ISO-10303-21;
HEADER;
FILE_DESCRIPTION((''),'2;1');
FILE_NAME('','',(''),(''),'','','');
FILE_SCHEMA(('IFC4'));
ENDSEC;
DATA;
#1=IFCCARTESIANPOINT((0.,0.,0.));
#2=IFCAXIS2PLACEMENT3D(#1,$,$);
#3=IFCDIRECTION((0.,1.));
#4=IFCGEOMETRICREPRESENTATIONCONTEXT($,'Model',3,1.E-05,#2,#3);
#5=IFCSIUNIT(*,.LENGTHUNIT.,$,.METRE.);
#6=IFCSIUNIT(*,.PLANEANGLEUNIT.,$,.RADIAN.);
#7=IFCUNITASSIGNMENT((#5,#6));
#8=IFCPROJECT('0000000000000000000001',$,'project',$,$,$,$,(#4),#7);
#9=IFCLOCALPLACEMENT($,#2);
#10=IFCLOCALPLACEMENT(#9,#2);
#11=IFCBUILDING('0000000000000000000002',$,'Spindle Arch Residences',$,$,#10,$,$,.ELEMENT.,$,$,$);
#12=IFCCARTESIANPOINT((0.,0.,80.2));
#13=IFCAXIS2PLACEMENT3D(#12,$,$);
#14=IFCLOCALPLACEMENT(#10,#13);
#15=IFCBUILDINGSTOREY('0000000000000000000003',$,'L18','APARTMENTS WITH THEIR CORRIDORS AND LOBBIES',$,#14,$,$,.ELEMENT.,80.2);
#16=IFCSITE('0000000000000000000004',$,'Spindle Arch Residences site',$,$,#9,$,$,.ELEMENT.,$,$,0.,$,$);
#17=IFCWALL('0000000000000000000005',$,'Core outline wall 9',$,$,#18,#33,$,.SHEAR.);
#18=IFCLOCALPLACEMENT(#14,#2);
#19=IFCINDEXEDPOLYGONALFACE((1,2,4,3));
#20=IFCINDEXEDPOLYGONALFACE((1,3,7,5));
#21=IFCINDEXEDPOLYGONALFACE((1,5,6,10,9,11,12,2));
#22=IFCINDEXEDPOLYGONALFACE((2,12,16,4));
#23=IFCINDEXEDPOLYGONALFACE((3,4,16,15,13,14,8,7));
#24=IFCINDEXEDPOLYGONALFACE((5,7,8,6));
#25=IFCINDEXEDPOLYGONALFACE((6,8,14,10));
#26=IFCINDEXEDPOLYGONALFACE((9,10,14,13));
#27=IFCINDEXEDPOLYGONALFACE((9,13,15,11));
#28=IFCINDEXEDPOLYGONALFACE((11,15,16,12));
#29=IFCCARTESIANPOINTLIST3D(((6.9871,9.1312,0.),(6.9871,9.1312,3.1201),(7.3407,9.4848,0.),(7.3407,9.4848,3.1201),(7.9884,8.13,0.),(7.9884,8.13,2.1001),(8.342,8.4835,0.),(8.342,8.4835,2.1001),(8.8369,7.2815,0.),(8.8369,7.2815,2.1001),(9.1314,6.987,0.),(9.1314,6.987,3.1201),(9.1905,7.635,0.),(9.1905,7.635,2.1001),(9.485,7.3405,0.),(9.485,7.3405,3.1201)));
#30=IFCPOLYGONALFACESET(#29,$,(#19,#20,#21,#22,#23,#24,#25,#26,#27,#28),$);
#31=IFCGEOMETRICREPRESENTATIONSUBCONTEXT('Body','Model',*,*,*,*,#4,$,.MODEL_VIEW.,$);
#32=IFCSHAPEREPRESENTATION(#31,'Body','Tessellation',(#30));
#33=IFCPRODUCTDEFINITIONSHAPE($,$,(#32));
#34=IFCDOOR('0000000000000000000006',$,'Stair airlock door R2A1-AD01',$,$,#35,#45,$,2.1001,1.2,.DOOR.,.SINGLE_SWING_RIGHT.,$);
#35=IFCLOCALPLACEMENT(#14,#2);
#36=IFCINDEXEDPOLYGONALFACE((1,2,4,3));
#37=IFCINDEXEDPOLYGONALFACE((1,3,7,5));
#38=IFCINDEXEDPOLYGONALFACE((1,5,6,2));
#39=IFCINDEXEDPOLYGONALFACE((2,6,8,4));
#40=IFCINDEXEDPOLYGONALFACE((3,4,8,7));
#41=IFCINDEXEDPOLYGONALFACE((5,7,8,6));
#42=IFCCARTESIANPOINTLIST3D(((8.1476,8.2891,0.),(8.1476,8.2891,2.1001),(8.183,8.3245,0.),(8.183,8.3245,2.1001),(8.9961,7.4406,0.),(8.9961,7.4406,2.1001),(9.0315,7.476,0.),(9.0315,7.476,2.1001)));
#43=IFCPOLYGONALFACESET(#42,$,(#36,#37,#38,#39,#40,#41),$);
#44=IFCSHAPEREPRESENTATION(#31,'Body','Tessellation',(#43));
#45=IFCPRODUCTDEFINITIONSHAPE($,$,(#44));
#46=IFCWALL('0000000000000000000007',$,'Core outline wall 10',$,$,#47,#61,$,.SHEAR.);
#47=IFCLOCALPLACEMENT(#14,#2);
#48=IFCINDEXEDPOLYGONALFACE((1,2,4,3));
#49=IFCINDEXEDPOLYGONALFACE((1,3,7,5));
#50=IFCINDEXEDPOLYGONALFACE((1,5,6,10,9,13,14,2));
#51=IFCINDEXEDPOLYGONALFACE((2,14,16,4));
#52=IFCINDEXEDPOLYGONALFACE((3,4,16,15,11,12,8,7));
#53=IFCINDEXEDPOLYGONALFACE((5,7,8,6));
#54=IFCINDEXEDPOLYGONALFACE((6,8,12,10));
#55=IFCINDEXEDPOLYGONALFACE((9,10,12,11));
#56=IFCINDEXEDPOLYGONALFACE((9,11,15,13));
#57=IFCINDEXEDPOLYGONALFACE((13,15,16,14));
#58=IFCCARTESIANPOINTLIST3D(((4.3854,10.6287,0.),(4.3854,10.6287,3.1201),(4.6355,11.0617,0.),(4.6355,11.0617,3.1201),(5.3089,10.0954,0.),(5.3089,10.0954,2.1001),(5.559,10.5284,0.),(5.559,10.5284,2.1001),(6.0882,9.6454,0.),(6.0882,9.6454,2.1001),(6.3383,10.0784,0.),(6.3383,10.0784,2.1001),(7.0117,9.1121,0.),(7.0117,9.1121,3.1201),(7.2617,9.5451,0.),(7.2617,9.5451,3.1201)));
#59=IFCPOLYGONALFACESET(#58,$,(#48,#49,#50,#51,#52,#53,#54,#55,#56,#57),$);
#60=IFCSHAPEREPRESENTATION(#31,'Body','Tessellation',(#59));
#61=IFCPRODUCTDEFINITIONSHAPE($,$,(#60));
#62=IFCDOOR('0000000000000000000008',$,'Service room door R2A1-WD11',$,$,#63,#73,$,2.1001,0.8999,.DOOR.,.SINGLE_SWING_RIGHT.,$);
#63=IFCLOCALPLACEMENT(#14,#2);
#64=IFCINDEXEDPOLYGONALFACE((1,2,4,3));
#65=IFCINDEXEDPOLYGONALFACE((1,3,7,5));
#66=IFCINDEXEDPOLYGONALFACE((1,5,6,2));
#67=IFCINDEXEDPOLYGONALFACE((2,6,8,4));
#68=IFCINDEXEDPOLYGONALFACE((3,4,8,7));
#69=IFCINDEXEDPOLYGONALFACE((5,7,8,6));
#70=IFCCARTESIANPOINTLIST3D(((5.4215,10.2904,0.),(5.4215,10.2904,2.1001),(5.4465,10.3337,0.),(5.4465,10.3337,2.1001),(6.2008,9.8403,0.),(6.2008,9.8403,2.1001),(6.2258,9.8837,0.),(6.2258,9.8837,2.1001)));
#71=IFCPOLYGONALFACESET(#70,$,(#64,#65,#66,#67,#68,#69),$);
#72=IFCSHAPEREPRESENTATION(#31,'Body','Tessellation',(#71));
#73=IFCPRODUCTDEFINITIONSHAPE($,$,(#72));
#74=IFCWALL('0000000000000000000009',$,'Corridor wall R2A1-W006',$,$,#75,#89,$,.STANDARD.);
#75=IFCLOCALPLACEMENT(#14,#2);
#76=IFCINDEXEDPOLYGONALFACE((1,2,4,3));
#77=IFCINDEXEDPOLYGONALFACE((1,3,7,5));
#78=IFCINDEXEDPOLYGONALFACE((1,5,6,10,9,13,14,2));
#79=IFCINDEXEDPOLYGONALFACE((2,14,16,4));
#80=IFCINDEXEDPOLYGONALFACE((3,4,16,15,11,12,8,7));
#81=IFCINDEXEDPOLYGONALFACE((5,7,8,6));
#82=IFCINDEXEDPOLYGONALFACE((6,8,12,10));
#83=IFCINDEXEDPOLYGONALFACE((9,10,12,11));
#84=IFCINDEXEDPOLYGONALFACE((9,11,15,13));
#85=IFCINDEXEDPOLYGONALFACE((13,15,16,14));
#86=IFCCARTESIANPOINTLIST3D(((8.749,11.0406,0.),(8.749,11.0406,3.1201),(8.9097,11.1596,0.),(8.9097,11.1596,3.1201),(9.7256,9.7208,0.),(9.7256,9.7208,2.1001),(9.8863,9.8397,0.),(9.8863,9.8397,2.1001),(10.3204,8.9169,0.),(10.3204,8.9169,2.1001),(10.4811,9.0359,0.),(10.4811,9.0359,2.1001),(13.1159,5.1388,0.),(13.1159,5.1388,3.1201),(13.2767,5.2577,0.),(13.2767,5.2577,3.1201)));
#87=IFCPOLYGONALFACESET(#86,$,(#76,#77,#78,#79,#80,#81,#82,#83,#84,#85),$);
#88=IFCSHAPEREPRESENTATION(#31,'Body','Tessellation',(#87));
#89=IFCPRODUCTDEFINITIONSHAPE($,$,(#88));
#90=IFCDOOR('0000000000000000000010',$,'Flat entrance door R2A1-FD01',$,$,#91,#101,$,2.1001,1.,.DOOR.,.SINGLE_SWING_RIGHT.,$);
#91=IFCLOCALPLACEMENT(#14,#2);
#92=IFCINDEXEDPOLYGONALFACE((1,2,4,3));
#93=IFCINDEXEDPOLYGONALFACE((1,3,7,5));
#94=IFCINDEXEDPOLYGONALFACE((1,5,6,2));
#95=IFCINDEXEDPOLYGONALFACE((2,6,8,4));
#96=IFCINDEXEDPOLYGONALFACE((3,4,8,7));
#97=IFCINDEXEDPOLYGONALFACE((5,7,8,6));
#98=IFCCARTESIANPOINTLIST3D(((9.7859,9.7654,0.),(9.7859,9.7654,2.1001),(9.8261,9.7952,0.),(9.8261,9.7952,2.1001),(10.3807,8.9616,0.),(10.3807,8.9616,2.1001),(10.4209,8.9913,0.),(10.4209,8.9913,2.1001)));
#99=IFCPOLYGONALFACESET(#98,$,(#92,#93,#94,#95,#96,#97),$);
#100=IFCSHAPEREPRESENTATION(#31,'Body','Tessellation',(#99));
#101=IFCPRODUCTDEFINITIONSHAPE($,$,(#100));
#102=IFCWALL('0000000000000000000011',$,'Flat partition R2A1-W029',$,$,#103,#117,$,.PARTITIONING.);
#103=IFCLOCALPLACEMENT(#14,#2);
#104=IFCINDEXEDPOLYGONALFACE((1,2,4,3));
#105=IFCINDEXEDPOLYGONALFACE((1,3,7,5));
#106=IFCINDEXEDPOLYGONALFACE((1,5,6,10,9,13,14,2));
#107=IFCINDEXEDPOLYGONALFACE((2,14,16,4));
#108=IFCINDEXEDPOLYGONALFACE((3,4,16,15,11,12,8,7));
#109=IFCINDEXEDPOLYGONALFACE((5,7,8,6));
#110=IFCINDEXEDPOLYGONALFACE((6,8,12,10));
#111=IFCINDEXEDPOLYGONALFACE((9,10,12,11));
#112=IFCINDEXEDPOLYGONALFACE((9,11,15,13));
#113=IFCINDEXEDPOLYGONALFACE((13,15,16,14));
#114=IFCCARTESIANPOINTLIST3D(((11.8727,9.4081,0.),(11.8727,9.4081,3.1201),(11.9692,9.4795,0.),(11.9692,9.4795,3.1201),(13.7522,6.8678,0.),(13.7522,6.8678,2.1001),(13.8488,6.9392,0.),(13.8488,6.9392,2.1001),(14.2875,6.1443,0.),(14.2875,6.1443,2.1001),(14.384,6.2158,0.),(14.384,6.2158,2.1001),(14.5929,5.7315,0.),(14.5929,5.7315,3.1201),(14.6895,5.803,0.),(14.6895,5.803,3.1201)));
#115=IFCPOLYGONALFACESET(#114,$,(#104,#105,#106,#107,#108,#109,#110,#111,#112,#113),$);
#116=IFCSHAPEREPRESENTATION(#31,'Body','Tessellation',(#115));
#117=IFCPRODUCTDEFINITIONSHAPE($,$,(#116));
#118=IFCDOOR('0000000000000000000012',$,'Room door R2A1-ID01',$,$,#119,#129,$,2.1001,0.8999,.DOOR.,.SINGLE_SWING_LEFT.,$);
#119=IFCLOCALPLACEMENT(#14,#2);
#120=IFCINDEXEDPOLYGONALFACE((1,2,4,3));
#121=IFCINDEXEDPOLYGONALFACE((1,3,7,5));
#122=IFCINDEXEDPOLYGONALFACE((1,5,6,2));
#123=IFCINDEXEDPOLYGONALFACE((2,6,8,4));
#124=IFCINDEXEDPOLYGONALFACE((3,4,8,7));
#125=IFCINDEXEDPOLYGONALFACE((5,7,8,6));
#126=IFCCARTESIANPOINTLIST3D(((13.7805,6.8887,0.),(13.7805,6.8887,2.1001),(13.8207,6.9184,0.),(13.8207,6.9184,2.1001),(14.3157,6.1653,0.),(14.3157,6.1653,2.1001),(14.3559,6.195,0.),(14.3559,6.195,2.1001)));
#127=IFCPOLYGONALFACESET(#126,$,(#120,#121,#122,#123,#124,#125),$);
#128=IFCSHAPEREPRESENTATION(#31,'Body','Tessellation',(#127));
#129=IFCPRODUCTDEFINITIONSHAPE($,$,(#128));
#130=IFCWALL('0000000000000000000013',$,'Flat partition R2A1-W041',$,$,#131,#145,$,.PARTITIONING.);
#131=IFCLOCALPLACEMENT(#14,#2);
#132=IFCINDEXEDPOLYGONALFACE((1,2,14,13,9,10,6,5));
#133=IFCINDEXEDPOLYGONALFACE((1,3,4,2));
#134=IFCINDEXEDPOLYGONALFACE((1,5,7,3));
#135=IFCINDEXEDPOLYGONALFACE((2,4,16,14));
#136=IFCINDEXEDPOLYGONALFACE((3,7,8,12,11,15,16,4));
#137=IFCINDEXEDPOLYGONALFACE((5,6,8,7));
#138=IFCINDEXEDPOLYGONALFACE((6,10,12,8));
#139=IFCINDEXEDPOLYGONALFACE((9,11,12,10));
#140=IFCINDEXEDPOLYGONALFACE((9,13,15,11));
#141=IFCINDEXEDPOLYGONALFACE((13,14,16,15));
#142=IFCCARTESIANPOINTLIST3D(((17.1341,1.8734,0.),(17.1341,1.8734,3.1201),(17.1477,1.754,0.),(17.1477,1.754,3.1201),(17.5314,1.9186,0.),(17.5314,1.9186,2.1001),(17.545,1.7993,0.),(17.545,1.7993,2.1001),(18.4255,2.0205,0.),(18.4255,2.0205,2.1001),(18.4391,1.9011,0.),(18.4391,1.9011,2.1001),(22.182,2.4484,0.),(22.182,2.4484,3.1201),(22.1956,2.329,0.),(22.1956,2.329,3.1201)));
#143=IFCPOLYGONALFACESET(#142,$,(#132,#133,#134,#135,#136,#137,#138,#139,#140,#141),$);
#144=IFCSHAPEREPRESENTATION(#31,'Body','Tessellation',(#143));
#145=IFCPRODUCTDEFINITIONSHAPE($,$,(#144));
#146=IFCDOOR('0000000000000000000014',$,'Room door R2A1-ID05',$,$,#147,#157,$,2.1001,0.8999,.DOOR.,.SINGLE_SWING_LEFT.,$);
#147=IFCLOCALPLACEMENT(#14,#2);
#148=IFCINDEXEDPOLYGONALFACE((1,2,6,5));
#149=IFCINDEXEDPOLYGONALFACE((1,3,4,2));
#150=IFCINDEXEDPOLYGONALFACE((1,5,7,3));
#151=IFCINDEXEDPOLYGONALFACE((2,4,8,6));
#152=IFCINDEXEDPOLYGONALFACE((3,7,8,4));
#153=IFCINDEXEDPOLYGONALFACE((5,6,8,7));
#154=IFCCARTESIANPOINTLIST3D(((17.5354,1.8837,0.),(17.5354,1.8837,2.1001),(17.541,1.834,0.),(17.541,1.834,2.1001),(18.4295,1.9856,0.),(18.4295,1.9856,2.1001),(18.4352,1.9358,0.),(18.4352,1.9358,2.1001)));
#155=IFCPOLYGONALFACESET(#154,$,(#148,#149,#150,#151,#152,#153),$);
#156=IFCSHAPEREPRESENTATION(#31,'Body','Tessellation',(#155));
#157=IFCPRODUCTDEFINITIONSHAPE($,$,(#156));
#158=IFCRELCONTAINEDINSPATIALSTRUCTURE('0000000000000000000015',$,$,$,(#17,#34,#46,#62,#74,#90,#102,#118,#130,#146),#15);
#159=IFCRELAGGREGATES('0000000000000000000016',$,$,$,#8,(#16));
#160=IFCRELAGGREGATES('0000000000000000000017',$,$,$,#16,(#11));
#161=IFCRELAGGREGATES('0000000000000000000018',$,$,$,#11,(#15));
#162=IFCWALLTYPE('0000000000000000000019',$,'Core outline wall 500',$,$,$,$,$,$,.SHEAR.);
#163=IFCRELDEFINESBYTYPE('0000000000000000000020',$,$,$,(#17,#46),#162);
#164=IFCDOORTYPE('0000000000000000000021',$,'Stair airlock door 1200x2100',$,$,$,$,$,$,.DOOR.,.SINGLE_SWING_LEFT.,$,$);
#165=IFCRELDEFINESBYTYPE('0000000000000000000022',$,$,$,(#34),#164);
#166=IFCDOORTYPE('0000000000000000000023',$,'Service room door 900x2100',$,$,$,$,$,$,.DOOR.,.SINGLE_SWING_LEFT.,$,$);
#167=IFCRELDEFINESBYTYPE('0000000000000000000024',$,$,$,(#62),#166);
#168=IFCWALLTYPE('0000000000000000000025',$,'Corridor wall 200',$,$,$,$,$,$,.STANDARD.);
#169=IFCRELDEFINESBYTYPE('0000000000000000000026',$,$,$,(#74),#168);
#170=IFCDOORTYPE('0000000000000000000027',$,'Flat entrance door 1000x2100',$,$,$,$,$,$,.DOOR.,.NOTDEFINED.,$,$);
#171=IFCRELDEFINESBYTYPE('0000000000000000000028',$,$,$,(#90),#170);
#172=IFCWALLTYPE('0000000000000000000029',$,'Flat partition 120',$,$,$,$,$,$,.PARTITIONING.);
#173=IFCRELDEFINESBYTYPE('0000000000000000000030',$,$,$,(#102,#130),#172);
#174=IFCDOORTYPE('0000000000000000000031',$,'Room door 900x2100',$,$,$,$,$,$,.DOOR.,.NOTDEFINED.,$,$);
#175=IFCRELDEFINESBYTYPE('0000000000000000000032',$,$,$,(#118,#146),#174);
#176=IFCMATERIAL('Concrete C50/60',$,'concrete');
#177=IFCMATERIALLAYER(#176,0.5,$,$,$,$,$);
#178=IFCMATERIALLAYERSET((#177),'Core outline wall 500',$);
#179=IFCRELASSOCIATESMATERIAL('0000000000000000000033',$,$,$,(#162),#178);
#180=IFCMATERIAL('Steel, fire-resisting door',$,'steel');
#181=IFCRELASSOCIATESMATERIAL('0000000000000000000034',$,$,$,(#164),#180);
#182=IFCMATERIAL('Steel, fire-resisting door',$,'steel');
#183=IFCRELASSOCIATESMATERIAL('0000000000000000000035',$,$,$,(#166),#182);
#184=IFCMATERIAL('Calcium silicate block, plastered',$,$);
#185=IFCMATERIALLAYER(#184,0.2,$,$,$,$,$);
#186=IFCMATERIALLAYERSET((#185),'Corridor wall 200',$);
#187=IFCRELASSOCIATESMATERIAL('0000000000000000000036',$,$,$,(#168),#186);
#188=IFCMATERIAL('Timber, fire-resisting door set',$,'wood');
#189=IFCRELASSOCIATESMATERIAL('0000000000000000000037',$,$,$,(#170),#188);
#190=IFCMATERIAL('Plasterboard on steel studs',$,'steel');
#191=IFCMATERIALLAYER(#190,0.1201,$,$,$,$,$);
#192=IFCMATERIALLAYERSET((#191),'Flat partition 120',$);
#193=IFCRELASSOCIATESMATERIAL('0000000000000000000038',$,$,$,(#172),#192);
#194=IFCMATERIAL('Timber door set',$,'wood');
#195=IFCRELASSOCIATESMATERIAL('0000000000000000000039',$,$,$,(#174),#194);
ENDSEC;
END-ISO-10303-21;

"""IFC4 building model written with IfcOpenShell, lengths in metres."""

from ifc_helpers import new_model, si_unit, direction, frame, frame_2d, origin, place, context, subcontext, project, spatial, rectangle, extrude, material, layer, layer_set, type_object, element, fill, save


model = new_model("IFC4")

# Units and contexts
model_context = context("Model", 3, precision=1e-05, world=origin(), true_north=direction((0.0, 1.0)))
body_context = subcontext(model_context, "Body", "Model", "MODEL_VIEW")
ifc_project = project(units=[si_unit("LENGTHUNIT", "METRE"), si_unit("PLANEANGLEUNIT", "RADIAN")], contexts=[model_context])

# Site, building, storey
site_placement = place(None, origin())
site = spatial("IfcSite", under=ifc_project, at=site_placement, Name="Spindle Arch Residences site", CompositionType="ELEMENT", RefElevation=0.0)
building_placement = place(site_placement, origin())
building = spatial("IfcBuilding", under=site, at=building_placement, Name="Spindle Arch Residences", CompositionType="ELEMENT")
storey_placement = place(building_placement, frame((0.0, 0.0, 80.2)))
storey = spatial("IfcBuildingStorey", under=building, at=storey_placement, Name="L18", Description="APARTMENTS WITH THEIR CORRIDORS AND LOBBIES", CompositionType="ELEMENT", Elevation=80.2)

# Shared definitions
ifc_material_1 = material(Name="Concrete C50/60", Category="concrete")
ifc_layer_1 = layer(ifc_material_1, 0.5)
ifc_layer_set_1 = layer_set([ifc_layer_1], Name="Core outline wall 500")
wall_type_1 = type_object("IfcWallType", Name="Core outline wall 500", PredefinedType="SHEAR", material=ifc_layer_set_1)

# Walls, openings, doors
wall_1_placement = place(storey_placement, frame((9.3081, 7.1638, 0.0), z_axis=(0.0, 0.0, 1.0), x_axis=(-0.707107, 0.707107, 0.0)))
wall_1 = element("IfcWall", 1, at=wall_1_placement, inside=storey, type_object=wall_type_1, Name="Core outline wall 9", PredefinedType="SHEAR", context=body_context, shape_type="SweptSolid", body=[
    extrude(rectangle(XDim=3.0325, YDim=0.5, at=frame_2d((1.5161, 0.0))), origin(), (0.0, 0.0, 1.0), 3.1201),
])
opening_1_placement = place(wall_1_placement, frame((0.4163, 0.0, 0.0)))
opening_1 = element("IfcOpeningElement", 2, at=opening_1_placement, cuts=wall_1, PredefinedType="OPENING", context=body_context, shape_type="SweptSolid", body=[
    extrude(rectangle(XDim=1.2, YDim=2.1001, at=frame_2d((0.6001, 1.05))), frame((0.0, 0.26, 0.0), z_axis=(0.0, -1.0, 0.0), x_axis=(1.0, 0.0, 0.0)), (0.0, 0.0, 1.0), 0.52),
])
ifc_material_2 = material(Name="Steel, fire-resisting door", Category="steel")
door_type_1 = type_object("IfcDoorType", Name="Stair airlock door 1200x2100", OperationType="SINGLE_SWING_LEFT", PredefinedType="DOOR", material=ifc_material_2)
door_1_placement = place(opening_1_placement, origin())
door_1 = element("IfcDoor", 3, at=door_1_placement, inside=storey, type_object=door_type_1, Name="Stair airlock door R2A1-AD01", OperationType="SINGLE_SWING_RIGHT", OverallHeight=2.1001, OverallWidth=1.2, PredefinedType="DOOR", context=body_context, shape_type="SweptSolid", body=[
    extrude(rectangle(XDim=1.2, YDim=2.1001, at=frame_2d((0.6001, 1.05))), frame((0.0, 0.0249, 0.0), z_axis=(0.0, -1.0, 0.0), x_axis=(1.0, 0.0, 0.0)), (0.0, 0.0, 1.0), 0.05),
])
fill(opening_1, door_1)
wall_2_placement = place(storey_placement, frame((7.1367, 9.3286, 0.0), z_axis=(0.0, 0.0, 1.0), x_axis=(-0.865975, 0.500087, 0.0)))
wall_2 = element("IfcWall", 4, at=wall_2_placement, inside=storey, type_object=wall_type_1, Name="Core outline wall 10", PredefinedType="SHEAR", context=body_context, shape_type="SweptSolid", body=[
    extrude(rectangle(XDim=3.0327, YDim=0.5, at=frame_2d((1.5164, 0.0))), origin(), (0.0, 0.0, 1.0), 3.1201),
])
opening_2_placement = place(wall_2_placement, frame((1.0664, 0.0, 0.0)))
opening_2 = element("IfcOpeningElement", 5, at=opening_2_placement, cuts=wall_2, PredefinedType="OPENING", context=body_context, shape_type="SweptSolid", body=[
    extrude(rectangle(XDim=0.8999, YDim=2.1001, at=frame_2d((0.45, 1.05))), frame((0.0, 0.26, 0.0), z_axis=(0.0, -1.0, 0.0), x_axis=(1.0, 0.0, 0.0)), (0.0, 0.0, 1.0), 0.52),
])
ifc_material_3 = material(Name="Steel, fire-resisting door", Category="steel")
door_type_2 = type_object("IfcDoorType", Name="Service room door 900x2100", OperationType="SINGLE_SWING_LEFT", PredefinedType="DOOR", material=ifc_material_3)
door_2_placement = place(opening_2_placement, origin())
door_2 = element("IfcDoor", 6, at=door_2_placement, inside=storey, type_object=door_type_2, Name="Service room door R2A1-WD11", OperationType="SINGLE_SWING_RIGHT", OverallHeight=2.1001, OverallWidth=0.8999, PredefinedType="DOOR", context=body_context, shape_type="SweptSolid", body=[
    extrude(rectangle(XDim=0.8999, YDim=2.1001, at=frame_2d((0.45, 1.05))), frame((0.0, 0.0249, 0.0), z_axis=(0.0, -1.0, 0.0), x_axis=(1.0, 0.0, 0.0)), (0.0, 0.0, 1.0), 0.05),
])
fill(opening_2, door_2)
ifc_material_4 = material(Name="Calcium silicate block, plastered")
ifc_layer_2 = layer(ifc_material_4, 0.2)
ifc_layer_set_2 = layer_set([ifc_layer_2], Name="Corridor wall 200")
wall_type_2 = type_object("IfcWallType", Name="Corridor wall 200", PredefinedType="STANDARD", material=ifc_layer_set_2)
wall_3_placement = place(storey_placement, frame((13.1963, 5.1982, 0.0), z_axis=(0.0, 0.0, 1.0), x_axis=(-0.594805, 0.80387, 0.0)))
wall_3 = element("IfcWall", 7, at=wall_3_placement, inside=storey, type_object=wall_type_2, Name="Corridor wall R2A1-W006", PredefinedType="STANDARD", context=body_context, shape_type="SweptSolid", body=[
    extrude(rectangle(XDim=7.3418, YDim=0.2, at=frame_2d((3.6709, 0.0))), origin(), (0.0, 0.0, 1.0), 3.1201),
])
opening_3_placement = place(wall_3_placement, frame((4.7, 0.0, 0.0)))
opening_3 = element("IfcOpeningElement", 8, at=opening_3_placement, cuts=wall_3, PredefinedType="OPENING", context=body_context, shape_type="SweptSolid", body=[
    extrude(rectangle(XDim=1.0, YDim=2.1001, at=frame_2d((0.5, 1.05))), frame((0.0, 0.1099, 0.0), z_axis=(0.0, -1.0, 0.0), x_axis=(1.0, 0.0, 0.0)), (0.0, 0.0, 1.0), 0.22),
])
ifc_material_5 = material(Name="Timber, fire-resisting door set", Category="wood")
door_type_3 = type_object("IfcDoorType", Name="Flat entrance door 1000x2100", OperationType="NOTDEFINED", PredefinedType="DOOR", material=ifc_material_5)
door_3_placement = place(opening_3_placement, origin())
door_3 = element("IfcDoor", 9, at=door_3_placement, inside=storey, type_object=door_type_3, Name="Flat entrance door R2A1-FD01", OperationType="SINGLE_SWING_RIGHT", OverallHeight=2.1001, OverallWidth=1.0, PredefinedType="DOOR", context=body_context, shape_type="SweptSolid", body=[
    extrude(rectangle(XDim=1.0, YDim=2.1001, at=frame_2d((0.5, 1.05))), frame((0.0, 0.0249, 0.0), z_axis=(0.0, -1.0, 0.0), x_axis=(1.0, 0.0, 0.0)), (0.0, 0.0, 1.0), 0.05),
])
fill(opening_3, door_3)
ifc_material_6 = material(Name="Plasterboard on steel studs", Category="steel")
ifc_layer_3 = layer(ifc_material_6, 0.1201)
ifc_layer_set_3 = layer_set([ifc_layer_3], Name="Flat partition 120")
wall_type_3 = type_object("IfcWallType", Name="Flat partition 120", PredefinedType="PARTITIONING", material=ifc_layer_set_3)
wall_4_placement = place(storey_placement, frame((14.6411, 5.7673, 0.0), z_axis=(0.0, 0.0, 1.0), x_axis=(-0.594786, 0.803884, 0.0)))
wall_4 = element("IfcWall", 10, at=wall_4_placement, inside=storey, type_object=wall_type_3, Name="Flat partition R2A1-W029", PredefinedType="PARTITIONING", context=body_context, shape_type="SweptSolid", body=[
    extrude(rectangle(XDim=4.5735, YDim=0.1201, at=frame_2d((2.2866, 0.0))), origin(), (0.0, 0.0, 1.0), 3.1201),
])
opening_4_placement = place(wall_4_placement, frame((0.5134, 0.0, 0.0)))
opening_4 = element("IfcOpeningElement", 11, at=opening_4_placement, cuts=wall_4, PredefinedType="OPENING", context=body_context, shape_type="SweptSolid", body=[
    extrude(rectangle(XDim=0.8999, YDim=2.1001, at=frame_2d((0.45, 1.05))), frame((0.0, 0.0701, 0.0), z_axis=(0.0, -1.0, 0.0), x_axis=(1.0, 0.0, 0.0)), (0.0, 0.0, 1.0), 0.1401),
])
ifc_material_7 = material(Name="Timber door set", Category="wood")
door_type_4 = type_object("IfcDoorType", Name="Room door 900x2100", OperationType="NOTDEFINED", PredefinedType="DOOR", material=ifc_material_7)
door_4_placement = place(opening_4_placement, origin())
door_4 = element("IfcDoor", 12, at=door_4_placement, inside=storey, type_object=door_type_4, Name="Room door R2A1-ID01", OperationType="SINGLE_SWING_LEFT", OverallHeight=2.1001, OverallWidth=0.8999, PredefinedType="DOOR", context=body_context, shape_type="SweptSolid", body=[
    extrude(rectangle(XDim=0.8999, YDim=2.1001, at=frame_2d((0.45, 1.05))), frame((0.0, 0.0249, 0.0), z_axis=(0.0, -1.0, 0.0), x_axis=(1.0, 0.0, 0.0)), (0.0, 0.0, 1.0), 0.05),
])
fill(opening_4, door_4)
wall_5_placement = place(storey_placement, frame((17.1409, 1.8137, 0.0), z_axis=(0.0, 0.0, 1.0), x_axis=(0.993576, 0.113168, 0.0)))
wall_5 = element("IfcWall", 13, at=wall_5_placement, inside=storey, type_object=wall_type_3, Name="Flat partition R2A1-W041", PredefinedType="PARTITIONING", context=body_context, shape_type="SweptSolid", body=[
    extrude(rectangle(XDim=5.0806, YDim=0.1201, at=frame_2d((2.5403, 0.0))), origin(), (0.0, 0.0, 1.0), 3.1201),
])
opening_5_placement = place(wall_5_placement, frame((0.3999, 0.0, 0.0)))
opening_5 = element("IfcOpeningElement", 14, at=opening_5_placement, cuts=wall_5, PredefinedType="OPENING", context=body_context, shape_type="SweptSolid", body=[
    extrude(rectangle(XDim=0.8999, YDim=2.1001, at=frame_2d((0.45, 1.05))), frame((0.0, 0.0701, 0.0), z_axis=(0.0, -1.0, 0.0), x_axis=(1.0, 0.0, 0.0)), (0.0, 0.0, 1.0), 0.1401),
])
door_5_placement = place(opening_5_placement, origin())
door_5 = element("IfcDoor", 15, at=door_5_placement, inside=storey, type_object=door_type_4, Name="Room door R2A1-ID05", OperationType="SINGLE_SWING_LEFT", OverallHeight=2.1001, OverallWidth=0.8999, PredefinedType="DOOR", context=body_context, shape_type="SweptSolid", body=[
    extrude(rectangle(XDim=0.8999, YDim=2.1001, at=frame_2d((0.45, 1.05))), frame((0.0, 0.0249, 0.0), z_axis=(0.0, -1.0, 0.0), x_axis=(1.0, 0.0, 0.0)), (0.0, 0.0, 1.0), 0.05),
])
fill(opening_5, door_5)

save(model, "model.ifc")
